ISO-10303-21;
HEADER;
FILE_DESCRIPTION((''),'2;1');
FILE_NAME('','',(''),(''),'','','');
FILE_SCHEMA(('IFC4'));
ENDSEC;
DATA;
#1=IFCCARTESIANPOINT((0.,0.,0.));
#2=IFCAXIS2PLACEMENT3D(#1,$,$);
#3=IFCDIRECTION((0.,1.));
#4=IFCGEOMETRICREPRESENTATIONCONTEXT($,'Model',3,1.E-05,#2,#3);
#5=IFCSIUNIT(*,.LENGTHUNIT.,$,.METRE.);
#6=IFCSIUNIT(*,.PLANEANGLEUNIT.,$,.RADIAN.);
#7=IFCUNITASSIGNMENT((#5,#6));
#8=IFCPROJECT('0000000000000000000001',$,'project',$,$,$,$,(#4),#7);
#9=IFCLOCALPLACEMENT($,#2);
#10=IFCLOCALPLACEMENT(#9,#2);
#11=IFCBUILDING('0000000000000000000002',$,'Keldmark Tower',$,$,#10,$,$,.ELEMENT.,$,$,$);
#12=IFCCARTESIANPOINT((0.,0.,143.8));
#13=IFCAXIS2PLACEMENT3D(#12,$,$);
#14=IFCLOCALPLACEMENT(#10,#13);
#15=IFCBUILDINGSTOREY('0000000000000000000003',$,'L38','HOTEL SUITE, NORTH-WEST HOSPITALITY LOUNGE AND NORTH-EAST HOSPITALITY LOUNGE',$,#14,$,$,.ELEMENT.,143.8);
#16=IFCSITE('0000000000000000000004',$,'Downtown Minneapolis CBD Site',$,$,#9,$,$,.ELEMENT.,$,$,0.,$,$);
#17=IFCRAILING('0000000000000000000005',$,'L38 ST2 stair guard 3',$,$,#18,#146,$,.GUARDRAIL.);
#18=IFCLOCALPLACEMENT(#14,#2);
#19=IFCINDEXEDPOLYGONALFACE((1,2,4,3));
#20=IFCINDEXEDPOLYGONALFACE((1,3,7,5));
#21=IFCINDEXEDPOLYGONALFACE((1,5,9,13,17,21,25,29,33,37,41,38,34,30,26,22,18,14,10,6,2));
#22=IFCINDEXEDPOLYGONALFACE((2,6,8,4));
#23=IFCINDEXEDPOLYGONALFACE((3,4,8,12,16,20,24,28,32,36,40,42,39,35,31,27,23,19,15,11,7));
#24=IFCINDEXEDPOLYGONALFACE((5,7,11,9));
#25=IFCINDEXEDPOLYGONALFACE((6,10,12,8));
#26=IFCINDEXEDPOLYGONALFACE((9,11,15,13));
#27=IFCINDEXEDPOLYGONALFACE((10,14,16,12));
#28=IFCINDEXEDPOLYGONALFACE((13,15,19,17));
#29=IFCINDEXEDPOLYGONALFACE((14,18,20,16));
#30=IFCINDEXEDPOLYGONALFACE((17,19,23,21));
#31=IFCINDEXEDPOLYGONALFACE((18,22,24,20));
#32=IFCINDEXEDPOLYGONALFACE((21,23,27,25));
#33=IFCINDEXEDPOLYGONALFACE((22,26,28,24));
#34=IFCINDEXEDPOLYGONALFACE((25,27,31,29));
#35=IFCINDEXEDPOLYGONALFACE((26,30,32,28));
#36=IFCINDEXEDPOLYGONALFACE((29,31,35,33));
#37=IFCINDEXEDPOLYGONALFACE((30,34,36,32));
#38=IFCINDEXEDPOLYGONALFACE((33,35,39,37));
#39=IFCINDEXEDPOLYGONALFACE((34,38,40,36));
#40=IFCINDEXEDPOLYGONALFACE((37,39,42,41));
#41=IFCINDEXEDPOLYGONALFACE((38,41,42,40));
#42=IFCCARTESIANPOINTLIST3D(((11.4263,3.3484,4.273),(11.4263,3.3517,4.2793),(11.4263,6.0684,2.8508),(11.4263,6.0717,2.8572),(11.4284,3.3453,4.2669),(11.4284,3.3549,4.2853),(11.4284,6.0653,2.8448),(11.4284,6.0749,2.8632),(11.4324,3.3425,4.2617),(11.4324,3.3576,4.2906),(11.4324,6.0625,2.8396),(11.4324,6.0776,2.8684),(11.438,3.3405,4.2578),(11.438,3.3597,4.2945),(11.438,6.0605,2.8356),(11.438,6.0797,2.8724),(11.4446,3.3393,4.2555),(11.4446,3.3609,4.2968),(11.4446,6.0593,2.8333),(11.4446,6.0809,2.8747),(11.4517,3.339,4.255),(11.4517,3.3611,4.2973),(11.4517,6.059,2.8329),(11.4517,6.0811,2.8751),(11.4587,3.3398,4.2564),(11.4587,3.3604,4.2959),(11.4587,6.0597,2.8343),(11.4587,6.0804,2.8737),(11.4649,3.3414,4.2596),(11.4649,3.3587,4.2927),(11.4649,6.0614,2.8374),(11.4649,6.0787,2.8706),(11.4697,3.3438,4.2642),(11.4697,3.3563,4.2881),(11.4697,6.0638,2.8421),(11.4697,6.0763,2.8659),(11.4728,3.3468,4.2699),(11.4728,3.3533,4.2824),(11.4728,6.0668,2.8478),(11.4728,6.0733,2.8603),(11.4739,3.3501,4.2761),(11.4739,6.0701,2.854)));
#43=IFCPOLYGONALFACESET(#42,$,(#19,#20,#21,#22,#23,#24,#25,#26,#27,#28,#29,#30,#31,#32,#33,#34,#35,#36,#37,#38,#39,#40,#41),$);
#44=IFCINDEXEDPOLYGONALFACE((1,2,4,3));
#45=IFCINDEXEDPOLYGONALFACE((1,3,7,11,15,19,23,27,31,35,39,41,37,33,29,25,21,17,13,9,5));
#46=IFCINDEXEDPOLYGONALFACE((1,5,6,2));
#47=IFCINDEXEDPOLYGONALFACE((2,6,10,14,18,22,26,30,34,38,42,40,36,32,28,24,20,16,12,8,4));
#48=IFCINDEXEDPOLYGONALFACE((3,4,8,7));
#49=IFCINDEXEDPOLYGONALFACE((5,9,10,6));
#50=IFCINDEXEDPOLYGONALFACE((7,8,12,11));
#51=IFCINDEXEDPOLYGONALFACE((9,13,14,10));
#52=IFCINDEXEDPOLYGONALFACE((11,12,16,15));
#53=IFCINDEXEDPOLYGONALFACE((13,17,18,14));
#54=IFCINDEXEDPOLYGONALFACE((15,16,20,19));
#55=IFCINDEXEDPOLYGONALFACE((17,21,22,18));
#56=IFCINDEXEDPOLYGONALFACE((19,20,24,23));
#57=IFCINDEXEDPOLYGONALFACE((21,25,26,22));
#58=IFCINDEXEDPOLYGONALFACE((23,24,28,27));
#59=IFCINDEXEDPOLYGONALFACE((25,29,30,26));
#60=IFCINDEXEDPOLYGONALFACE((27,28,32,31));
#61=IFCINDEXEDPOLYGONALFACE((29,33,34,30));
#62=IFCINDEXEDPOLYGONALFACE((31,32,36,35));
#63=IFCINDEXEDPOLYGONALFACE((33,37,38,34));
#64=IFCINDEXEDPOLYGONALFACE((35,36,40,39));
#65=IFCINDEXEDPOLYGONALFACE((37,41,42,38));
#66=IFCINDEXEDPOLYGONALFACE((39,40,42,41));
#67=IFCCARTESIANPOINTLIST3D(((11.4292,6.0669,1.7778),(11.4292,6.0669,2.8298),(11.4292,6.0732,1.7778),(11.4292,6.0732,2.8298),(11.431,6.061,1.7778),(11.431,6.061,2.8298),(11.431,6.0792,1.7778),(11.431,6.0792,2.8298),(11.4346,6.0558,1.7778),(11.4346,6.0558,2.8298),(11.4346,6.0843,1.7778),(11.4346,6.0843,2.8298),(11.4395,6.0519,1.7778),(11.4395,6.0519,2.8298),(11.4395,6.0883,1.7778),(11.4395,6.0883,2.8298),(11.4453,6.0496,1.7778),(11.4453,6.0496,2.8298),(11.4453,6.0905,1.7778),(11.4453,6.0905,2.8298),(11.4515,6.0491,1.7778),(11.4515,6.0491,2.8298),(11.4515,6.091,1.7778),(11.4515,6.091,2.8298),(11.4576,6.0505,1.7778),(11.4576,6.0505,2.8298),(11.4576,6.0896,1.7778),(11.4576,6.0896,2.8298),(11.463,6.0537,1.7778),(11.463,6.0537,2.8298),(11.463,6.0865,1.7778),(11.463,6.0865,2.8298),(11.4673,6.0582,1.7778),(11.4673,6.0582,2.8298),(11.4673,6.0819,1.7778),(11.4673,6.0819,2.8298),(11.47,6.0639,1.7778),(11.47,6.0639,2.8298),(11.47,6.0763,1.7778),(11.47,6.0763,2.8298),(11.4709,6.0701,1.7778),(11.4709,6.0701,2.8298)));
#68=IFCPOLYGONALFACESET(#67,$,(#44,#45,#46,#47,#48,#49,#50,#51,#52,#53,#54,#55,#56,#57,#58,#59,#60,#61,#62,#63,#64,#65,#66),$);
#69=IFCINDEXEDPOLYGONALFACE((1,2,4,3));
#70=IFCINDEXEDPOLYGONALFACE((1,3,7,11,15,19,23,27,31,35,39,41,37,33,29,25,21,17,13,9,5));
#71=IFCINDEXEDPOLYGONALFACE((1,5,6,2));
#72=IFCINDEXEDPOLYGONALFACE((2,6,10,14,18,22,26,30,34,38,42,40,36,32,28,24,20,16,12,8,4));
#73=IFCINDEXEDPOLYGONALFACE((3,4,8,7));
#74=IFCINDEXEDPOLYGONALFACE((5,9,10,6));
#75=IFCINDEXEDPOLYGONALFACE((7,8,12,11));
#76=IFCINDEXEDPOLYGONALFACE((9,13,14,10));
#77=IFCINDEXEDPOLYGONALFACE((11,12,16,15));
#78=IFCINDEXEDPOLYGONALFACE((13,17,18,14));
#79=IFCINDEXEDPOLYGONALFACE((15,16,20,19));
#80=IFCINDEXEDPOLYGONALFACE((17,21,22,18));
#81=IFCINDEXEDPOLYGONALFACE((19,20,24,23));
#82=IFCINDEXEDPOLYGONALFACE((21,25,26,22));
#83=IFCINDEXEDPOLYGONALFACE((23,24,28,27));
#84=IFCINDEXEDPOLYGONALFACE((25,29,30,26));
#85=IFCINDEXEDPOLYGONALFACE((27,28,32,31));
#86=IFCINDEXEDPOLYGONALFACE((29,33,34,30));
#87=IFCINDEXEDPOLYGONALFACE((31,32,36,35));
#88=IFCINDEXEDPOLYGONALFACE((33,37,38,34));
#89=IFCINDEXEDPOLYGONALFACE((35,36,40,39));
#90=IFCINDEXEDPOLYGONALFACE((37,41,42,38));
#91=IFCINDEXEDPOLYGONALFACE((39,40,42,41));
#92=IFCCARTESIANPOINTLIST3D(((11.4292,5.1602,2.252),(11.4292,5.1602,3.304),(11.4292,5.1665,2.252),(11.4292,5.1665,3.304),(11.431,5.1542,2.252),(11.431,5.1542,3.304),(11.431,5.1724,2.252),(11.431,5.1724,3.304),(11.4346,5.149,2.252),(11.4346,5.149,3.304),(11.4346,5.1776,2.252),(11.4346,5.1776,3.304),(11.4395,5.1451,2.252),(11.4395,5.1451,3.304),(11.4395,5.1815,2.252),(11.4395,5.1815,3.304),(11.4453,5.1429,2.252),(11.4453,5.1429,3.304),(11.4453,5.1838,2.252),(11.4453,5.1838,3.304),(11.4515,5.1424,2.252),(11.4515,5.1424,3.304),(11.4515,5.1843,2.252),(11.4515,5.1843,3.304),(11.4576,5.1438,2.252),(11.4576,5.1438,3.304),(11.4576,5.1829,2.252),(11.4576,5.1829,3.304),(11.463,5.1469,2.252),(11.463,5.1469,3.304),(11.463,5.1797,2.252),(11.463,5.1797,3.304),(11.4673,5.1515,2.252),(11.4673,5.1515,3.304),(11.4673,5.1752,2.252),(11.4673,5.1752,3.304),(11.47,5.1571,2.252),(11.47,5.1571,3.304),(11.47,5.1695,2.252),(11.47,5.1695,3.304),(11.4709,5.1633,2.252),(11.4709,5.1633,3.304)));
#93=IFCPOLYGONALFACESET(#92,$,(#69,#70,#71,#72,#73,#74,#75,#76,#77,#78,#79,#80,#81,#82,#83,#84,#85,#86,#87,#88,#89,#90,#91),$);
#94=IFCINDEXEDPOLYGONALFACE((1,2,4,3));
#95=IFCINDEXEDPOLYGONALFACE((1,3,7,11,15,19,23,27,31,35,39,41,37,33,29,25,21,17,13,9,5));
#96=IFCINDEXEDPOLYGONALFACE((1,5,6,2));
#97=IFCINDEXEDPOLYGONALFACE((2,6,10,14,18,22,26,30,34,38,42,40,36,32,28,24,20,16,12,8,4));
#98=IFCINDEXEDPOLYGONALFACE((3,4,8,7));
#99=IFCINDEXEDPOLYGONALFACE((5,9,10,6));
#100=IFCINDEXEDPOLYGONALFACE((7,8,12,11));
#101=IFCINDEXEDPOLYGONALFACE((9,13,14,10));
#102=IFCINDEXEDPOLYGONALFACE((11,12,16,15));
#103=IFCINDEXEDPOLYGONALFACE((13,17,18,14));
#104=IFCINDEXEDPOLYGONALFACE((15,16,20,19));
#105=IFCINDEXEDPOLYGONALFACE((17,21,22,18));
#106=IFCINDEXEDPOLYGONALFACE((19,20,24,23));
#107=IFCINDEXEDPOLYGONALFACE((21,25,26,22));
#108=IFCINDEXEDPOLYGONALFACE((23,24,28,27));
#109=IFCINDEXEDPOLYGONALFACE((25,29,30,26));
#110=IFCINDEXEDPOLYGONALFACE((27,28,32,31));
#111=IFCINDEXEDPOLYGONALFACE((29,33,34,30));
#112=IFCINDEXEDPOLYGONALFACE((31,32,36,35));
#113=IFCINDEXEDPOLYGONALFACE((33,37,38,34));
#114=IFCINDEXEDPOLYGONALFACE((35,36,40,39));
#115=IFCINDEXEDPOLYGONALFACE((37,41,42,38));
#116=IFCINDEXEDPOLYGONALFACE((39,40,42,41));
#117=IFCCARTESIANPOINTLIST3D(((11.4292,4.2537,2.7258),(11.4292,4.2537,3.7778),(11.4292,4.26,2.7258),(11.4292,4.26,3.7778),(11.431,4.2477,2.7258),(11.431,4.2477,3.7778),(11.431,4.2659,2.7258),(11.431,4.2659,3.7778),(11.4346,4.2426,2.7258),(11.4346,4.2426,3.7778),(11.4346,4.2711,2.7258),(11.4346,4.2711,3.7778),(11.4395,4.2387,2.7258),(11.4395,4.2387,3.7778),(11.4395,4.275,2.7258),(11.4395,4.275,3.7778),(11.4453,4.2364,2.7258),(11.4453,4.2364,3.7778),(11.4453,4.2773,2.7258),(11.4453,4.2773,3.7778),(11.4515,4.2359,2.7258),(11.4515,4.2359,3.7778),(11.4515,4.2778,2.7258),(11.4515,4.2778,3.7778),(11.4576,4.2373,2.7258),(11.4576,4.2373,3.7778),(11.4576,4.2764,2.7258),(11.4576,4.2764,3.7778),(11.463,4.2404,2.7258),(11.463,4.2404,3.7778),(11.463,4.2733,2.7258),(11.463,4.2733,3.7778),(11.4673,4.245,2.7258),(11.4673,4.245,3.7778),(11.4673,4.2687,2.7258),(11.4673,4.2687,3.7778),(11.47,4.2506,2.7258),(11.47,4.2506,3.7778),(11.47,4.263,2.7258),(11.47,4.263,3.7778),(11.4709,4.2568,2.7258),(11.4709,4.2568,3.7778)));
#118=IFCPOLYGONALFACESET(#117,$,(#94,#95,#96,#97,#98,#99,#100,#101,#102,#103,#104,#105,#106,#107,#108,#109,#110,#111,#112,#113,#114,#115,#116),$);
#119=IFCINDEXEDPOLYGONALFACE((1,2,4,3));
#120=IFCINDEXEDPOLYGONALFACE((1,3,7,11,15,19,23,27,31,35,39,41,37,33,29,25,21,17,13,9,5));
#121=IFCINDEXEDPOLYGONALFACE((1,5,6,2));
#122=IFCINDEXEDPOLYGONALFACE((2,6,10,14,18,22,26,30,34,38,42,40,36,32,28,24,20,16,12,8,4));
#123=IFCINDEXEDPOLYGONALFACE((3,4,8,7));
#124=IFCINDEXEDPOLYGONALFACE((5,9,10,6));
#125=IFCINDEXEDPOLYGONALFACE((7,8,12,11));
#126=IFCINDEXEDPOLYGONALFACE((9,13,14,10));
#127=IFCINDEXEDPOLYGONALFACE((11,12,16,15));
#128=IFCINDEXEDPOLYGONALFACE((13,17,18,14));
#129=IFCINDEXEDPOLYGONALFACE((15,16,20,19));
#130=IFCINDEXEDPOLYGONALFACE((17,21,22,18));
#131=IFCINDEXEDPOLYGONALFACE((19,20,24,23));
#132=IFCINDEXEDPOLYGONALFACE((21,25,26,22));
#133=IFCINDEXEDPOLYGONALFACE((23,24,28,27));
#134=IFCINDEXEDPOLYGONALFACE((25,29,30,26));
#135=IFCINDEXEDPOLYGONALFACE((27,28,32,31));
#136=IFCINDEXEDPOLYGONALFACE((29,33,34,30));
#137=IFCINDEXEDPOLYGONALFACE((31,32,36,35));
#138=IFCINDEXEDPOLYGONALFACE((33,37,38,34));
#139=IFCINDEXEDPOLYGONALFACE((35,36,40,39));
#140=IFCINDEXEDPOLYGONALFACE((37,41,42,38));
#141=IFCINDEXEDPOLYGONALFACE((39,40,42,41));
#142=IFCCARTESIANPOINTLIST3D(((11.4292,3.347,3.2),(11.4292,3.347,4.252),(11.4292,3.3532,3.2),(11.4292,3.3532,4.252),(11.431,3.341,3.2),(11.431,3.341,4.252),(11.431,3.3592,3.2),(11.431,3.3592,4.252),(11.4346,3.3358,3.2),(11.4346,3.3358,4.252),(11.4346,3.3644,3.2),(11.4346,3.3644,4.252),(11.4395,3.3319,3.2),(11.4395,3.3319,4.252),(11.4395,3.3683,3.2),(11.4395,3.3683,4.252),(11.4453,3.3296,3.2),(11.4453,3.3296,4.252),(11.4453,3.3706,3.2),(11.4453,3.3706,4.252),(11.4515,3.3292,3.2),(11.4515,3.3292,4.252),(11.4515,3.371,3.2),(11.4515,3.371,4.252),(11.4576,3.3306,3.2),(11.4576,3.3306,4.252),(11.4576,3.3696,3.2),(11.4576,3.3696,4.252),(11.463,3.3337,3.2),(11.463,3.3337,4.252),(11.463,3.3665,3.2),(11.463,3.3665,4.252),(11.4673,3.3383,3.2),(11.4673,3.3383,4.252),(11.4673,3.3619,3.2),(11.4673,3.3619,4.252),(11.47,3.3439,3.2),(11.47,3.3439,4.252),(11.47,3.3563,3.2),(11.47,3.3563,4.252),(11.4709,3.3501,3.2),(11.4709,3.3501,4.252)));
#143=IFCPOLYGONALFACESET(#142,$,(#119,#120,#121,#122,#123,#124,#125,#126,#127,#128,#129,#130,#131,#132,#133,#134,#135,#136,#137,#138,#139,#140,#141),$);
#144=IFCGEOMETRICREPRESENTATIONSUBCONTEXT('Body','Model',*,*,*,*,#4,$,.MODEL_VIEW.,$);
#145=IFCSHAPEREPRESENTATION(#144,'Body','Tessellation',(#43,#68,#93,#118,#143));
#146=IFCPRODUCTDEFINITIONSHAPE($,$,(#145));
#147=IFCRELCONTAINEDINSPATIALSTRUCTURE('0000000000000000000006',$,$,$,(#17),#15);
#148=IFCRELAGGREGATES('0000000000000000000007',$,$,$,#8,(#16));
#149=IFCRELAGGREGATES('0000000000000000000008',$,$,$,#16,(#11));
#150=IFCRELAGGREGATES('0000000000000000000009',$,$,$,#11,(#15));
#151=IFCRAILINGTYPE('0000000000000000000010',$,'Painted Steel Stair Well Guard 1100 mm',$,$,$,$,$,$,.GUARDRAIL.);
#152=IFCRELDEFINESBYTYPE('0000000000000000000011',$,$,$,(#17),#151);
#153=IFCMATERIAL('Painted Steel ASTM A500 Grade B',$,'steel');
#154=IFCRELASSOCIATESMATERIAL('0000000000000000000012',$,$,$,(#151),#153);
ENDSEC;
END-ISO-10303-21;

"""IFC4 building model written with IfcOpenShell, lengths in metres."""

from ifc_helpers import new_model, si_unit, direction, frame, origin, origin_2d, place, context, subcontext, project, spatial, circle, extrude, material, type_object, element, save


model = new_model("IFC4")

# Units and contexts
model_context = context("Model", 3, precision=1e-05, world=origin(), true_north=direction((0.0, 1.0)))
body_context = subcontext(model_context, "Body", "Model", "MODEL_VIEW")
ifc_project = project(units=[si_unit("LENGTHUNIT", "METRE"), si_unit("PLANEANGLEUNIT", "RADIAN")], contexts=[model_context])

# Site, building, storey
site_placement = place(None, origin())
site = spatial("IfcSite", under=ifc_project, at=site_placement, Name="Downtown Minneapolis CBD Site", CompositionType="ELEMENT", RefElevation=0.0)
building_placement = place(site_placement, origin())
building = spatial("IfcBuilding", under=site, at=building_placement, Name="Keldmark Tower", CompositionType="ELEMENT")
storey_placement = place(building_placement, frame((0.0, 0.0, 143.8)))
storey = spatial("IfcBuildingStorey", under=building, at=storey_placement, Name="L38", Description="HOTEL SUITE, NORTH-WEST HOSPITALITY LOUNGE AND NORTH-EAST HOSPITALITY LOUNGE", CompositionType="ELEMENT", Elevation=143.8)

# Railing
ifc_material_1 = material(Name="Painted Steel ASTM A500 Grade B", Category="steel")
railing_type_1 = type_object("IfcRailingType", Name="Painted Steel Stair Well Guard 1100 mm", PredefinedType="GUARDRAIL", material=ifc_material_1)
railing_1_placement = place(storey_placement, frame((11.45, 6.0701, 1.7778)))
element("IfcRailing", 1, at=railing_1_placement, inside=storey, type_object=railing_type_1, Name="L38 ST2 stair guard 3", PredefinedType="GUARDRAIL", context=body_context, shape_type="SweptSolid", body=[
    extrude(circle(Radius=0.0239, at=origin_2d()), frame((0.0, 0.0, 1.0762), z_axis=(0.0, -0.886183, 0.463335), x_axis=(1.0, 0.0, 0.0)), (0.0, 0.0, 1.0), 3.0693),
    extrude(circle(Radius=0.021, at=origin_2d()), origin(), (0.0, 0.0, 1.0), 1.052),
    extrude(circle(Radius=0.021, at=origin_2d()), frame((0.0, -0.9067, 0.4741)), (0.0, 0.0, 1.0), 1.052),
    extrude(circle(Radius=0.021, at=origin_2d()), frame((0.0, -1.8132, 0.948)), (0.0, 0.0, 1.0), 1.052),
    extrude(circle(Radius=0.021, at=origin_2d()), frame((0.0, -2.72, 1.4221)), (0.0, 0.0, 1.0), 1.052),
])

save(model, "model.ifc")
